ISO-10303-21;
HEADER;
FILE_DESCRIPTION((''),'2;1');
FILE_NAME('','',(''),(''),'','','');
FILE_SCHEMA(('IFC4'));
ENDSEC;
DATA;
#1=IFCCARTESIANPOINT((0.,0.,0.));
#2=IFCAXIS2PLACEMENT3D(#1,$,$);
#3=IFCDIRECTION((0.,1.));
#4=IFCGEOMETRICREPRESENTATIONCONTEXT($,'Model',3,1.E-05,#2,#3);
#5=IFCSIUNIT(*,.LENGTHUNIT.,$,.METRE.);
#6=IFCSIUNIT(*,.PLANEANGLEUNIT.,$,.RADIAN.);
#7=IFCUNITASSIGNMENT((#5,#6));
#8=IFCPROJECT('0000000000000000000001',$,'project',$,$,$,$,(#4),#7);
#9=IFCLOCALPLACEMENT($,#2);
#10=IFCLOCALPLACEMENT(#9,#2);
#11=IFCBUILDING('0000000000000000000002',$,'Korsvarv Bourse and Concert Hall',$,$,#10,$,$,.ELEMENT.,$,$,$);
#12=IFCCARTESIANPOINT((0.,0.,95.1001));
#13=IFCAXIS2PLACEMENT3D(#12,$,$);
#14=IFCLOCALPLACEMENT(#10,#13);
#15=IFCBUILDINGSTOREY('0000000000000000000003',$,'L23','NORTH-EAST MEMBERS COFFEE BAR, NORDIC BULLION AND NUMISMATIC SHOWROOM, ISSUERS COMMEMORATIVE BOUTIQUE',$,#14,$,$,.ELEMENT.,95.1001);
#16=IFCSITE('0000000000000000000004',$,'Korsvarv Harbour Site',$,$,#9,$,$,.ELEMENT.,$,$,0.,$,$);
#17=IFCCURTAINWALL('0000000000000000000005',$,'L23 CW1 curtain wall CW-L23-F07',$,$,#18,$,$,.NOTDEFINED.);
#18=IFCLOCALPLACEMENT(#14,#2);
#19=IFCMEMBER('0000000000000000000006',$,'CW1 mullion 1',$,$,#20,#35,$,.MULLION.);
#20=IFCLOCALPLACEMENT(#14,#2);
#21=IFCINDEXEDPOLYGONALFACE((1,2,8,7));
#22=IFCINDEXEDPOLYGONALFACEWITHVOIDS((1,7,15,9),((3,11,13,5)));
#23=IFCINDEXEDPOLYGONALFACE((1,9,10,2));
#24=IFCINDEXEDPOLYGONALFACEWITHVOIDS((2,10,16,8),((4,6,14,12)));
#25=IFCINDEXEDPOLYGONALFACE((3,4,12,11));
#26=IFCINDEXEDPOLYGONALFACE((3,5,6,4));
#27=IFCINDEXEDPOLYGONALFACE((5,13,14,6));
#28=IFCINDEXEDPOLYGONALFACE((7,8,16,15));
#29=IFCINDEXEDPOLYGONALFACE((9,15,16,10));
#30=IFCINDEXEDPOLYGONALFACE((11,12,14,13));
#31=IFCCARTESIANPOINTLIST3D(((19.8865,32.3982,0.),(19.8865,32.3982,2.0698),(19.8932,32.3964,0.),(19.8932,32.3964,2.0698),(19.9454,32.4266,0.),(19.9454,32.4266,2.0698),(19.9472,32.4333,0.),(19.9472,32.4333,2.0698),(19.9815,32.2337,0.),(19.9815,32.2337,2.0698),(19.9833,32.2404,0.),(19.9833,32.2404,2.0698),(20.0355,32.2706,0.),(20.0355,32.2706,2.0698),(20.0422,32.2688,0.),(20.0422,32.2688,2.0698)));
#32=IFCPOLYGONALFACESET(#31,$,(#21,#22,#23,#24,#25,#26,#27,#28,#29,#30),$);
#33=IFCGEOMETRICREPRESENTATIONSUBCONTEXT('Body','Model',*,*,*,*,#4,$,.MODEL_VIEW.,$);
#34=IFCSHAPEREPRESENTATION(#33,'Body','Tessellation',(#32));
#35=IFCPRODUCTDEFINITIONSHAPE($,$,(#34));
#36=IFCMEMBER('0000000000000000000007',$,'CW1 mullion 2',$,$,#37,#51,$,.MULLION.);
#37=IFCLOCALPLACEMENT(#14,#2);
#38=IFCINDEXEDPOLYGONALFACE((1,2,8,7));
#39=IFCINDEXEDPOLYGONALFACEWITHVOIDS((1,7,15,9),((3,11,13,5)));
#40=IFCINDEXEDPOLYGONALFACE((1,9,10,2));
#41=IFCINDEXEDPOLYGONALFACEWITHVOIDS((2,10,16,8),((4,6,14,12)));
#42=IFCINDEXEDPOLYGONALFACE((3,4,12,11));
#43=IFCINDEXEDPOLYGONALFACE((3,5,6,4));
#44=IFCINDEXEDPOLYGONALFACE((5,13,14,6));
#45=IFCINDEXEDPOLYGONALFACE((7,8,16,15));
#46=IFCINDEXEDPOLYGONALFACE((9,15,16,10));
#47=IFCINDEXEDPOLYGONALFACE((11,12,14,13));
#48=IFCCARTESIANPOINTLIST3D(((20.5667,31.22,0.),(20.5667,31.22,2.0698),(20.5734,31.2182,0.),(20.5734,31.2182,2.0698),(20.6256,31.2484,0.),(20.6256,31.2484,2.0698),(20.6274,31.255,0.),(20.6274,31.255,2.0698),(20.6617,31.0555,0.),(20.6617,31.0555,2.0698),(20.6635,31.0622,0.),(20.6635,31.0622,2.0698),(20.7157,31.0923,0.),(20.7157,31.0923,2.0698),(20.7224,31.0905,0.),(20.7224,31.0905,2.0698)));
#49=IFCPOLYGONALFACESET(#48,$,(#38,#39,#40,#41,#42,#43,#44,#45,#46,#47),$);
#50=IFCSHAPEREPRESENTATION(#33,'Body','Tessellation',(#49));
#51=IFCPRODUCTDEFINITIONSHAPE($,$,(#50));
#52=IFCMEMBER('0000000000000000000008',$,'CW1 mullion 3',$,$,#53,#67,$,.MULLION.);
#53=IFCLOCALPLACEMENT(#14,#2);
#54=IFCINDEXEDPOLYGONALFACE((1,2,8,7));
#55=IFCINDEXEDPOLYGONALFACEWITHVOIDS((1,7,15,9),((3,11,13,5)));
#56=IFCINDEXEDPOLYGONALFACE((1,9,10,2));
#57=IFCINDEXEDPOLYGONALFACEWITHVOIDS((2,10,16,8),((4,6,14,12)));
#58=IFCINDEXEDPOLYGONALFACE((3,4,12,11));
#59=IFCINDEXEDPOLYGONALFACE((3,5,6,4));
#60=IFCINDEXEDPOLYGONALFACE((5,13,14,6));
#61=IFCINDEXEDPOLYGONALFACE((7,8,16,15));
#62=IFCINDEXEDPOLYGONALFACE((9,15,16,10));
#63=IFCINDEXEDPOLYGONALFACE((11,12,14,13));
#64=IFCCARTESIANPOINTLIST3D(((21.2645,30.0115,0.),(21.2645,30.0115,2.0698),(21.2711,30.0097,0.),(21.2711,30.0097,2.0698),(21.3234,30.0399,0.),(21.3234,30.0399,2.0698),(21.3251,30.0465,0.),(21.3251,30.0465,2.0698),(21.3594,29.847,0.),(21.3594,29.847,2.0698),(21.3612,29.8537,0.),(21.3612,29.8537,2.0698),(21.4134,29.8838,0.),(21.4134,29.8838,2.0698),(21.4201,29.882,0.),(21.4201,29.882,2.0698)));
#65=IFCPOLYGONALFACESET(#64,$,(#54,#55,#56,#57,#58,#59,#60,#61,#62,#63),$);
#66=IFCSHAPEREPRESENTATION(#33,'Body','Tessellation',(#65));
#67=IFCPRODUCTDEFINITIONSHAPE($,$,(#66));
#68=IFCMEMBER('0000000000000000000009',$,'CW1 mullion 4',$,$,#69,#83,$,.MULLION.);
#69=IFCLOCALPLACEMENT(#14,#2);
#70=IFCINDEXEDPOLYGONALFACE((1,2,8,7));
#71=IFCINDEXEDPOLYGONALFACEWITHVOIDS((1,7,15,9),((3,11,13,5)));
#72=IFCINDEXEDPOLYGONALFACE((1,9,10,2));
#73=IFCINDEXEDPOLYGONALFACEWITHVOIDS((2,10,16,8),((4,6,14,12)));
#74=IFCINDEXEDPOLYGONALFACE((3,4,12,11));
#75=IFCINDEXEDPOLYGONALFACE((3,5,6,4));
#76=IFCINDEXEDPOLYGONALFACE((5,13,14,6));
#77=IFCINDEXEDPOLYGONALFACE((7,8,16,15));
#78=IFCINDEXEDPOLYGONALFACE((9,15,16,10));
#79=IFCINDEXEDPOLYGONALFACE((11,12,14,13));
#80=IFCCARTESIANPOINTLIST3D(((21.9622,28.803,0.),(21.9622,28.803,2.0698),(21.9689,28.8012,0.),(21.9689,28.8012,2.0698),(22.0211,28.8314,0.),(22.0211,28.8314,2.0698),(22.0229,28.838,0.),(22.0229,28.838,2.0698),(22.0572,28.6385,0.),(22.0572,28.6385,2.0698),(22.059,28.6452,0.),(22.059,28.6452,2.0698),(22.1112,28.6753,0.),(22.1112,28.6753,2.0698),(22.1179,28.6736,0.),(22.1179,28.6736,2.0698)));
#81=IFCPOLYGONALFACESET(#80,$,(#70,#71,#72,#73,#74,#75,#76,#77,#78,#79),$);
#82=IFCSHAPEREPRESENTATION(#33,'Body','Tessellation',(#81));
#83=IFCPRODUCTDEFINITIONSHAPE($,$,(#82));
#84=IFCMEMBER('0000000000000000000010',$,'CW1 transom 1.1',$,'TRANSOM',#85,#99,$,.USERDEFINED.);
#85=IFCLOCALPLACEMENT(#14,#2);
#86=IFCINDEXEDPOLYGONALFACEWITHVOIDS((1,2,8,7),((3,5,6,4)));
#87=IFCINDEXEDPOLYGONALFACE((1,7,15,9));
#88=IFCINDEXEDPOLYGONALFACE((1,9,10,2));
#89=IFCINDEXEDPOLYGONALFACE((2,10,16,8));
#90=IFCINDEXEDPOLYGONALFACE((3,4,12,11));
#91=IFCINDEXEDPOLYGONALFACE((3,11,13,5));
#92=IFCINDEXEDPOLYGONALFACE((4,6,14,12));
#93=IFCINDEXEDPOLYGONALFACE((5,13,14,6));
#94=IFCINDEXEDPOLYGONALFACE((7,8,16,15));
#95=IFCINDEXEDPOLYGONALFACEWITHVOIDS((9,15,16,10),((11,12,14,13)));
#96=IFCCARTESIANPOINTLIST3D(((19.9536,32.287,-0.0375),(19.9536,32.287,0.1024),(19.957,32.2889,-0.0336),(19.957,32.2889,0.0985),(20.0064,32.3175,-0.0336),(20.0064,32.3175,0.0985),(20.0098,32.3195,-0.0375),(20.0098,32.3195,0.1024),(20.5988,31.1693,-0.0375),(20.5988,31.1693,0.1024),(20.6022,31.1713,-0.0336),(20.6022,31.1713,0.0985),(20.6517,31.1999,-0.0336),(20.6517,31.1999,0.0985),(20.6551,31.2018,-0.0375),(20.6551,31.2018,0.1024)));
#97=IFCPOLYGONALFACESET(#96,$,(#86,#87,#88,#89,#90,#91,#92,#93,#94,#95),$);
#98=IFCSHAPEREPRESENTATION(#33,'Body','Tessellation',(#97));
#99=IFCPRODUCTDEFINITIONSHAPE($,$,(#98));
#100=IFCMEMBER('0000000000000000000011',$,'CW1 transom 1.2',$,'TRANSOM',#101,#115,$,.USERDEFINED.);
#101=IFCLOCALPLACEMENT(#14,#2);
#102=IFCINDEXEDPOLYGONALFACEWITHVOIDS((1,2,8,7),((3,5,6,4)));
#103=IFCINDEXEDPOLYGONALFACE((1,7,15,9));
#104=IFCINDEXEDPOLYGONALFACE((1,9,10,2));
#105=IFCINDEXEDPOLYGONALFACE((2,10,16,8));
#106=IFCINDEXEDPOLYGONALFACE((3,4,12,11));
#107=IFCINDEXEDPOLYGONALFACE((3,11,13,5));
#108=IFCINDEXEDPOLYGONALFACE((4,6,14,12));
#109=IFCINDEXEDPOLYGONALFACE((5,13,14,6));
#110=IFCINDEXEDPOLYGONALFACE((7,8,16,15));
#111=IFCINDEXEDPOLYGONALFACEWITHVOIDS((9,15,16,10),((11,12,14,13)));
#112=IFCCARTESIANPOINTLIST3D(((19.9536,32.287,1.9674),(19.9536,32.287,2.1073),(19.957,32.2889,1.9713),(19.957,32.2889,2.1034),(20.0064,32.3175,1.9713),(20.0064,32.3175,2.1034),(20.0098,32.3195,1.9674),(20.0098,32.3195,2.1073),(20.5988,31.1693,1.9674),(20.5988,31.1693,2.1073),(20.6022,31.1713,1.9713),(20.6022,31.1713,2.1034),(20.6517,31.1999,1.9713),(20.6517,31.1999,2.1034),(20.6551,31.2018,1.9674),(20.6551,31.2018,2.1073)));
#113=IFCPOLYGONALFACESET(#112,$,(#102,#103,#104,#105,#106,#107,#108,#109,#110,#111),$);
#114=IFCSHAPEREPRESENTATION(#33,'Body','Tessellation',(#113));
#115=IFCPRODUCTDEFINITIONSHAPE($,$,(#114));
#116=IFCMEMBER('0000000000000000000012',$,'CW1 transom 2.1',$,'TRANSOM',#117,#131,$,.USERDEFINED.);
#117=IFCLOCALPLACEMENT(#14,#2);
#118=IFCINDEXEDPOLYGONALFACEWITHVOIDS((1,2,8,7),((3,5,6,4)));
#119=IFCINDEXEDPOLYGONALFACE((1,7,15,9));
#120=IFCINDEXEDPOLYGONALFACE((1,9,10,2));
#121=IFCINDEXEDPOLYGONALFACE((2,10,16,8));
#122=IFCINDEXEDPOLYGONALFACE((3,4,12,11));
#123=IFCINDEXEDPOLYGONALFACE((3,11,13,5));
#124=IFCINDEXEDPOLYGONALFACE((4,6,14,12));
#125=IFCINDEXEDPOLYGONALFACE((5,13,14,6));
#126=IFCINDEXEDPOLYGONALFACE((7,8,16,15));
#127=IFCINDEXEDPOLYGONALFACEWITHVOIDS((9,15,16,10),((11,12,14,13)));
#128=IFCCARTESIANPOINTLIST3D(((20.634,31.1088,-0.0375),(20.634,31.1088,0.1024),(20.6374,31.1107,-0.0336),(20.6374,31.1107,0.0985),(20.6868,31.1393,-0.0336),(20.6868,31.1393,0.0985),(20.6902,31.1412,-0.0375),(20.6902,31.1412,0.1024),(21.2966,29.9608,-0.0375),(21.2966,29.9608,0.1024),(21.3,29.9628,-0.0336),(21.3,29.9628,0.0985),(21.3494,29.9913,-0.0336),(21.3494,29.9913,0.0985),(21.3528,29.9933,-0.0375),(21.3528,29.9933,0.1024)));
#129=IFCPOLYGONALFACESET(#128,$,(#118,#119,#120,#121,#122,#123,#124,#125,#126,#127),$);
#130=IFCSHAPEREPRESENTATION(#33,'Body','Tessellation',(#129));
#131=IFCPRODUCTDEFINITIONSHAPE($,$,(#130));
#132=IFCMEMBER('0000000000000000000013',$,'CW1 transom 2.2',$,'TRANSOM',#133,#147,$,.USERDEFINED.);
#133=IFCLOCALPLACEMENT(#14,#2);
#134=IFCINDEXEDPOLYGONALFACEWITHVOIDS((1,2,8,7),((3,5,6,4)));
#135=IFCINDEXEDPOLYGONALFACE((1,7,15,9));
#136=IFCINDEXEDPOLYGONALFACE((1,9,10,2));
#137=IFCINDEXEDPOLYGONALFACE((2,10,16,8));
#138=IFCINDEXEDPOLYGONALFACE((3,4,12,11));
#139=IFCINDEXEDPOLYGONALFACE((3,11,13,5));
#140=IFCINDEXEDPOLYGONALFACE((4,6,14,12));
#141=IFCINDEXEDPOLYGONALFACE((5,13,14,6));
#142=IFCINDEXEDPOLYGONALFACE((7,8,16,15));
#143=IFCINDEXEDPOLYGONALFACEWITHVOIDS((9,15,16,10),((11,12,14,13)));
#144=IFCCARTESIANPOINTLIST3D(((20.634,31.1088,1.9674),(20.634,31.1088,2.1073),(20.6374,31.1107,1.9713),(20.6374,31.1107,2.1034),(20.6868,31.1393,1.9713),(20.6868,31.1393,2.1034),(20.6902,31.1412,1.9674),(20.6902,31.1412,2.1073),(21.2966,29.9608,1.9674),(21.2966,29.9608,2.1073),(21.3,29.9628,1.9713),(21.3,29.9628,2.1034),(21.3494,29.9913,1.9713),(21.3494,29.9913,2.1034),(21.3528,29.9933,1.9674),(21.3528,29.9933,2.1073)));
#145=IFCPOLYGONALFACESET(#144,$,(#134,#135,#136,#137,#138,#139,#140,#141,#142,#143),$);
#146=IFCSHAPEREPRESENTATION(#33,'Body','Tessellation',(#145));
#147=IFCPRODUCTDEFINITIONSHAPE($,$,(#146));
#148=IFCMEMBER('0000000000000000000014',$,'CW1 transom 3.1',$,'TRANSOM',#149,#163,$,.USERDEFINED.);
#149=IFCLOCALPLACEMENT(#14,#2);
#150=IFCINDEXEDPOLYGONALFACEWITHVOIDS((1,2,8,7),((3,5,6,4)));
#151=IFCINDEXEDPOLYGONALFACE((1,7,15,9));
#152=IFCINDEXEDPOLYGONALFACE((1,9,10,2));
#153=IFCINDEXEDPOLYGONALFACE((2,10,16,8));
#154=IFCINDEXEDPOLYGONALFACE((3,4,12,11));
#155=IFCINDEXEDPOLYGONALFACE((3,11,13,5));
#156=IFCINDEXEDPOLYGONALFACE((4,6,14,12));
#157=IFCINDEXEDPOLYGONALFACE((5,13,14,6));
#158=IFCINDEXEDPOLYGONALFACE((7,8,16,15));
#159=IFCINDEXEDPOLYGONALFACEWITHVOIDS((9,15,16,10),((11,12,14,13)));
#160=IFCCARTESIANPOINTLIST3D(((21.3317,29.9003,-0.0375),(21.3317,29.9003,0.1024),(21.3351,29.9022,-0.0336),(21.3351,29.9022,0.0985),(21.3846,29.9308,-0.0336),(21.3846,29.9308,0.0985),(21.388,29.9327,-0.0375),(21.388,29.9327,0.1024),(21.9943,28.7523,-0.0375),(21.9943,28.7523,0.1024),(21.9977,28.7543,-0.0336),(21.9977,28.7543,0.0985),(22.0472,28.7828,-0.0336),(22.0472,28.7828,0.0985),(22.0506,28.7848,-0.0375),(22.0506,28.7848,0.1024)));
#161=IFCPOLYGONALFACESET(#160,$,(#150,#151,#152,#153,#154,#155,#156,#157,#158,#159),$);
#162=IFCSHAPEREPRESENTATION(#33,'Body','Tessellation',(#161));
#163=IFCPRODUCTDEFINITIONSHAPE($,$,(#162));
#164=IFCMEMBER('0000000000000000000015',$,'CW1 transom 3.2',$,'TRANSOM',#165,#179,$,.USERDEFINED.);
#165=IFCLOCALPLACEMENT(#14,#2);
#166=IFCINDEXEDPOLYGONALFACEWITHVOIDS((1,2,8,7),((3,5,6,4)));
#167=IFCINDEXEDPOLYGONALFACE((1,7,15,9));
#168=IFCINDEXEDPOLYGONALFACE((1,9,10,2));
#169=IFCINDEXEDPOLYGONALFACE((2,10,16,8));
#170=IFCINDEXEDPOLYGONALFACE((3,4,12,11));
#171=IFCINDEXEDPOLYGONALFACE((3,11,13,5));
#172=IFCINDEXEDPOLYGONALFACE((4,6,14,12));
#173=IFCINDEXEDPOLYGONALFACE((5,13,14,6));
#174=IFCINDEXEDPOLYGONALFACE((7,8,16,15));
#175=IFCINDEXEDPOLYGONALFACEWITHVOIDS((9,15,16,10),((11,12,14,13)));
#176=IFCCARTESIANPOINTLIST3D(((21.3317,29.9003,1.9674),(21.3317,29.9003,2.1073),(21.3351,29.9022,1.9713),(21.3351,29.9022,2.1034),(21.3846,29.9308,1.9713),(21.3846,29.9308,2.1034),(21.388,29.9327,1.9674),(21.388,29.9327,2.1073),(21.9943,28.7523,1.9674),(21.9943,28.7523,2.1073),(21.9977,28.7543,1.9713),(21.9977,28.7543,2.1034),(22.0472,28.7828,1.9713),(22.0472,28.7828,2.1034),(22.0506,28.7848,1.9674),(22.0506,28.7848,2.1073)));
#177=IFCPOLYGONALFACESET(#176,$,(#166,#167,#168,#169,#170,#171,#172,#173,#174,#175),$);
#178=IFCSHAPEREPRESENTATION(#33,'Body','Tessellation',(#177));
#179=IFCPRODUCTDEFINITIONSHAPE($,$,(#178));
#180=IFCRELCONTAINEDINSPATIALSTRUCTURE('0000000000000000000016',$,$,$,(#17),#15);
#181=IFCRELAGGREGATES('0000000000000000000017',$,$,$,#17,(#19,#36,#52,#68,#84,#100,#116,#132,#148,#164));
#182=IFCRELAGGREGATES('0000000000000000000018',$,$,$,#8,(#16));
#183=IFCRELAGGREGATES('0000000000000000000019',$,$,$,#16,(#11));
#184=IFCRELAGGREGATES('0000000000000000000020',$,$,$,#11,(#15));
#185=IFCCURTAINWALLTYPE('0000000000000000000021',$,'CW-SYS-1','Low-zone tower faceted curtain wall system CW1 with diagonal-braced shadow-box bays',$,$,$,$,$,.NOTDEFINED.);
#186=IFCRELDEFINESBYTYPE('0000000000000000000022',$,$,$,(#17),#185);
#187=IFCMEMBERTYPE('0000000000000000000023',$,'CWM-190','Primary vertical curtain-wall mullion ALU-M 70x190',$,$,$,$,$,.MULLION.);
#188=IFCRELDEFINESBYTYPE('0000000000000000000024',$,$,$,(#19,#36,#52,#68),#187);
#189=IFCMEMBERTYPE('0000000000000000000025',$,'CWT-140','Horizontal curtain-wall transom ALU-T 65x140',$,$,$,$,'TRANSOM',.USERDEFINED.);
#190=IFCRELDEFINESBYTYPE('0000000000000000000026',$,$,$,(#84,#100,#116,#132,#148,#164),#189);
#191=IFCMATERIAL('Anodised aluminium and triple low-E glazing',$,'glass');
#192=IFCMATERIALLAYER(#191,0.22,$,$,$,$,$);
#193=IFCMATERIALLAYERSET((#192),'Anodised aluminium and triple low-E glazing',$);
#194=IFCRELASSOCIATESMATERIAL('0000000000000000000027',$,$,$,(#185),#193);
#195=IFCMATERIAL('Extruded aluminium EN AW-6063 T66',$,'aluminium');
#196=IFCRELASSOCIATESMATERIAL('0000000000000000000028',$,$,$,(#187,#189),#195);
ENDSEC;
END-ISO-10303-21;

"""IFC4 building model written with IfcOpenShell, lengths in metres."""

from ifc_helpers import new_model, si_unit, direction, frame, origin, origin_2d, place, context, subcontext, project, spatial, hollow_rectangle, extrude, source, transform, mapped, material, layer, layer_set, material_profile, profile_set, type_object, element, aggregate, save


model = new_model("IFC4")

# Units and contexts
model_context = context("Model", 3, precision=1e-05, world=origin(), true_north=direction((0.0, 1.0)))
body_context = subcontext(model_context, "Body", "Model", "MODEL_VIEW")
ifc_project = project(units=[si_unit("LENGTHUNIT", "METRE"), si_unit("PLANEANGLEUNIT", "RADIAN")], contexts=[model_context])

# Site, building, storey
site_placement = place(None, origin())
site = spatial("IfcSite", under=ifc_project, at=site_placement, Name="Korsvarv Harbour Site", CompositionType="ELEMENT", RefElevation=0.0)
building_placement = place(site_placement, origin())
building = spatial("IfcBuilding", under=site, at=building_placement, Name="Korsvarv Bourse and Concert Hall", CompositionType="ELEMENT")
storey_placement = place(building_placement, frame((0.0, 0.0, 95.1001)))
storey = spatial("IfcBuildingStorey", under=building, at=storey_placement, Name="L23", Description="NORTH-EAST MEMBERS COFFEE BAR, NORDIC BULLION AND NUMISMATIC SHOWROOM, ISSUERS COMMEMORATIVE BOUTIQUE", CompositionType="ELEMENT", Elevation=95.1001)

# Curtain wall, members
ifc_material_1 = material(Name="Anodised aluminium and triple low-E glazing", Category="glass")
ifc_layer_1 = layer(ifc_material_1, 0.22)
ifc_layer_set_1 = layer_set([ifc_layer_1], Name="Anodised aluminium and triple low-E glazing")
curtain_wall_type = type_object("IfcCurtainWallType", Name="CW-SYS-1", Description="Low-zone tower faceted curtain wall system CW1 with diagonal-braced shadow-box bays", PredefinedType="NOTDEFINED", material=ifc_layer_set_1)
curtain_wall_placement = place(storey_placement, origin())
curtain_wall = element("IfcCurtainWall", 1, at=curtain_wall_placement, inside=storey, type_object=curtain_wall_type, Name="L23 CW1 curtain wall CW-L23-F07", PredefinedType="NOTDEFINED")
ifc_material_2 = material(Name="Extruded aluminium EN AW-6063 T66", Category="aluminium")
ifc_material_profile_1 = material_profile(ifc_material_2, hollow_rectangle(XDim=0.0701, YDim=0.1899, WallThickness=0.0049, at=origin_2d()), Name="ALU-M 70x190")
ifc_profile_set_1 = profile_set([ifc_material_profile_1], Name="Extruded aluminium EN AW-6063 T66")
member_type_1 = type_object("IfcMemberType", Name="CWM-190", Description="Primary vertical curtain-wall mullion ALU-M 70x190", PredefinedType="MULLION", material=ifc_profile_set_1)
shared_shape_1 = source(origin(), body_context, "Body", "SweptSolid", [
    extrude(hollow_rectangle(XDim=0.0701, YDim=0.1899, WallThickness=0.0049, at=origin_2d()), origin(), (0.0, 0.0, 1.0), 2.0698),
])
member_1_placement = place(storey_placement, frame((19.9644, 32.3335, 0.0), z_axis=(0.0, 0.0, 1.0), x_axis=(0.866026, 0.499999, 0.0)))
member_1 = element("IfcMember", 2, at=member_1_placement, type_object=member_type_1, Name="CW1 mullion 1", PredefinedType="MULLION", context=body_context, shape_type="MappedRepresentation", body=[
    mapped(shared_shape_1, transform((0.0, 0.0, 0.0), scale=1.0)),
])
member_2_placement = place(storey_placement, frame((20.6445, 31.1553, 0.0), z_axis=(0.0, 0.0, 1.0), x_axis=(0.866026, 0.499999, 0.0)))
member_2 = element("IfcMember", 3, at=member_2_placement, type_object=member_type_1, Name="CW1 mullion 2", PredefinedType="MULLION", context=body_context, shape_type="MappedRepresentation", body=[
    mapped(shared_shape_1, transform((0.0, 0.0, 0.0), scale=1.0)),
])
member_3_placement = place(storey_placement, frame((21.3423, 29.9468, 0.0), z_axis=(0.0, 0.0, 1.0), x_axis=(0.866026, 0.499999, 0.0)))
member_3 = element("IfcMember", 4, at=member_3_placement, type_object=member_type_1, Name="CW1 mullion 3", PredefinedType="MULLION", context=body_context, shape_type="MappedRepresentation", body=[
    mapped(shared_shape_1, transform((0.0, 0.0, 0.0), scale=1.0)),
])
member_4_placement = place(storey_placement, frame((22.04, 28.7383, 0.0), z_axis=(0.0, 0.0, 1.0), x_axis=(0.866026, 0.499999, 0.0)))
member_4 = element("IfcMember", 5, at=member_4_placement, type_object=member_type_1, Name="CW1 mullion 4", PredefinedType="MULLION", context=body_context, shape_type="MappedRepresentation", body=[
    mapped(shared_shape_1, transform((0.0, 0.0, 0.0), scale=1.0)),
])
ifc_material_profile_2 = material_profile(ifc_material_2, hollow_rectangle(XDim=0.0649, YDim=0.1399, WallThickness=0.0039, at=origin_2d()), Name="ALU-T 65x140")
ifc_profile_set_2 = profile_set([ifc_material_profile_2], Name="Extruded aluminium EN AW-6063 T66")
member_type_2 = type_object("IfcMemberType", Name="CWT-140", Description="Horizontal curtain-wall transom ALU-T 65x140", ElementType="TRANSOM", PredefinedType="USERDEFINED", material=ifc_profile_set_2)
shared_shape_2 = source(origin(), body_context, "Body", "SweptSolid", [
    extrude(hollow_rectangle(XDim=0.0649, YDim=0.1399, WallThickness=0.0039, at=origin_2d()), origin(), (0.0, 0.0, 1.0), 1.2905),
])
member_5_placement = place(storey_placement, frame((19.9817, 32.3032, 0.0325), z_axis=(0.499984, -0.866034, 0.0), x_axis=(0.866034, 0.499984, 0.0)))
member_5 = element("IfcMember", 6, at=member_5_placement, type_object=member_type_2, Name="CW1 transom 1.1", ObjectType="TRANSOM", PredefinedType="USERDEFINED", context=body_context, shape_type="MappedRepresentation", body=[
    mapped(shared_shape_2, transform((0.0, 0.0, 0.0), scale=1.0)),
])
member_6_placement = place(storey_placement, frame((19.9817, 32.3032, 2.0374), z_axis=(0.499984, -0.866034, 0.0), x_axis=(0.866034, 0.499984, 0.0)))
member_6 = element("IfcMember", 7, at=member_6_placement, type_object=member_type_2, Name="CW1 transom 1.2", ObjectType="TRANSOM", PredefinedType="USERDEFINED", context=body_context, shape_type="MappedRepresentation", body=[
    mapped(shared_shape_2, transform((0.0, 0.0, 0.0), scale=1.0)),
])
shared_shape_3 = source(origin(), body_context, "Body", "SweptSolid", [
    extrude(hollow_rectangle(XDim=0.0649, YDim=0.1399, WallThickness=0.0039, at=origin_2d()), origin(), (0.0, 0.0, 1.0), 1.3254),
])
member_7_placement = place(storey_placement, frame((20.6621, 31.125, 0.0325), z_axis=(0.499903, -0.866081, 0.0), x_axis=(0.866081, 0.499903, 0.0)))
member_7 = element("IfcMember", 8, at=member_7_placement, type_object=member_type_2, Name="CW1 transom 2.1", ObjectType="TRANSOM", PredefinedType="USERDEFINED", context=body_context, shape_type="MappedRepresentation", body=[
    mapped(shared_shape_3, transform((0.0, 0.0, 0.0), scale=1.0)),
])
member_8_placement = place(storey_placement, frame((20.6621, 31.125, 2.0374), z_axis=(0.499903, -0.866081, 0.0), x_axis=(0.866081, 0.499903, 0.0)))
member_8 = element("IfcMember", 9, at=member_8_placement, type_object=member_type_2, Name="CW1 transom 2.2", ObjectType="TRANSOM", PredefinedType="USERDEFINED", context=body_context, shape_type="MappedRepresentation", body=[
    mapped(shared_shape_3, transform((0.0, 0.0, 0.0), scale=1.0)),
])
member_9_placement = place(storey_placement, frame((21.3599, 29.9165, 0.0325), z_axis=(0.499903, -0.866081, 0.0), x_axis=(0.866081, 0.499903, 0.0)))
member_9 = element("IfcMember", 10, at=member_9_placement, type_object=member_type_2, Name="CW1 transom 3.1", ObjectType="TRANSOM", PredefinedType="USERDEFINED", context=body_context, shape_type="MappedRepresentation", body=[
    mapped(shared_shape_3, transform((0.0, 0.0, 0.0), scale=1.0)),
])
member_10_placement = place(storey_placement, frame((21.3599, 29.9165, 2.0374), z_axis=(0.499903, -0.866081, 0.0), x_axis=(0.866081, 0.499903, 0.0)))
member_10 = element("IfcMember", 11, at=member_10_placement, type_object=member_type_2, Name="CW1 transom 3.2", ObjectType="TRANSOM", PredefinedType="USERDEFINED", context=body_context, shape_type="MappedRepresentation", body=[
    mapped(shared_shape_3, transform((0.0, 0.0, 0.0), scale=1.0)),
])
aggregate(curtain_wall, [member_1, member_2, member_3, member_4, member_5, member_6, member_7, member_8, member_9, member_10])

save(model, "model.ifc")
